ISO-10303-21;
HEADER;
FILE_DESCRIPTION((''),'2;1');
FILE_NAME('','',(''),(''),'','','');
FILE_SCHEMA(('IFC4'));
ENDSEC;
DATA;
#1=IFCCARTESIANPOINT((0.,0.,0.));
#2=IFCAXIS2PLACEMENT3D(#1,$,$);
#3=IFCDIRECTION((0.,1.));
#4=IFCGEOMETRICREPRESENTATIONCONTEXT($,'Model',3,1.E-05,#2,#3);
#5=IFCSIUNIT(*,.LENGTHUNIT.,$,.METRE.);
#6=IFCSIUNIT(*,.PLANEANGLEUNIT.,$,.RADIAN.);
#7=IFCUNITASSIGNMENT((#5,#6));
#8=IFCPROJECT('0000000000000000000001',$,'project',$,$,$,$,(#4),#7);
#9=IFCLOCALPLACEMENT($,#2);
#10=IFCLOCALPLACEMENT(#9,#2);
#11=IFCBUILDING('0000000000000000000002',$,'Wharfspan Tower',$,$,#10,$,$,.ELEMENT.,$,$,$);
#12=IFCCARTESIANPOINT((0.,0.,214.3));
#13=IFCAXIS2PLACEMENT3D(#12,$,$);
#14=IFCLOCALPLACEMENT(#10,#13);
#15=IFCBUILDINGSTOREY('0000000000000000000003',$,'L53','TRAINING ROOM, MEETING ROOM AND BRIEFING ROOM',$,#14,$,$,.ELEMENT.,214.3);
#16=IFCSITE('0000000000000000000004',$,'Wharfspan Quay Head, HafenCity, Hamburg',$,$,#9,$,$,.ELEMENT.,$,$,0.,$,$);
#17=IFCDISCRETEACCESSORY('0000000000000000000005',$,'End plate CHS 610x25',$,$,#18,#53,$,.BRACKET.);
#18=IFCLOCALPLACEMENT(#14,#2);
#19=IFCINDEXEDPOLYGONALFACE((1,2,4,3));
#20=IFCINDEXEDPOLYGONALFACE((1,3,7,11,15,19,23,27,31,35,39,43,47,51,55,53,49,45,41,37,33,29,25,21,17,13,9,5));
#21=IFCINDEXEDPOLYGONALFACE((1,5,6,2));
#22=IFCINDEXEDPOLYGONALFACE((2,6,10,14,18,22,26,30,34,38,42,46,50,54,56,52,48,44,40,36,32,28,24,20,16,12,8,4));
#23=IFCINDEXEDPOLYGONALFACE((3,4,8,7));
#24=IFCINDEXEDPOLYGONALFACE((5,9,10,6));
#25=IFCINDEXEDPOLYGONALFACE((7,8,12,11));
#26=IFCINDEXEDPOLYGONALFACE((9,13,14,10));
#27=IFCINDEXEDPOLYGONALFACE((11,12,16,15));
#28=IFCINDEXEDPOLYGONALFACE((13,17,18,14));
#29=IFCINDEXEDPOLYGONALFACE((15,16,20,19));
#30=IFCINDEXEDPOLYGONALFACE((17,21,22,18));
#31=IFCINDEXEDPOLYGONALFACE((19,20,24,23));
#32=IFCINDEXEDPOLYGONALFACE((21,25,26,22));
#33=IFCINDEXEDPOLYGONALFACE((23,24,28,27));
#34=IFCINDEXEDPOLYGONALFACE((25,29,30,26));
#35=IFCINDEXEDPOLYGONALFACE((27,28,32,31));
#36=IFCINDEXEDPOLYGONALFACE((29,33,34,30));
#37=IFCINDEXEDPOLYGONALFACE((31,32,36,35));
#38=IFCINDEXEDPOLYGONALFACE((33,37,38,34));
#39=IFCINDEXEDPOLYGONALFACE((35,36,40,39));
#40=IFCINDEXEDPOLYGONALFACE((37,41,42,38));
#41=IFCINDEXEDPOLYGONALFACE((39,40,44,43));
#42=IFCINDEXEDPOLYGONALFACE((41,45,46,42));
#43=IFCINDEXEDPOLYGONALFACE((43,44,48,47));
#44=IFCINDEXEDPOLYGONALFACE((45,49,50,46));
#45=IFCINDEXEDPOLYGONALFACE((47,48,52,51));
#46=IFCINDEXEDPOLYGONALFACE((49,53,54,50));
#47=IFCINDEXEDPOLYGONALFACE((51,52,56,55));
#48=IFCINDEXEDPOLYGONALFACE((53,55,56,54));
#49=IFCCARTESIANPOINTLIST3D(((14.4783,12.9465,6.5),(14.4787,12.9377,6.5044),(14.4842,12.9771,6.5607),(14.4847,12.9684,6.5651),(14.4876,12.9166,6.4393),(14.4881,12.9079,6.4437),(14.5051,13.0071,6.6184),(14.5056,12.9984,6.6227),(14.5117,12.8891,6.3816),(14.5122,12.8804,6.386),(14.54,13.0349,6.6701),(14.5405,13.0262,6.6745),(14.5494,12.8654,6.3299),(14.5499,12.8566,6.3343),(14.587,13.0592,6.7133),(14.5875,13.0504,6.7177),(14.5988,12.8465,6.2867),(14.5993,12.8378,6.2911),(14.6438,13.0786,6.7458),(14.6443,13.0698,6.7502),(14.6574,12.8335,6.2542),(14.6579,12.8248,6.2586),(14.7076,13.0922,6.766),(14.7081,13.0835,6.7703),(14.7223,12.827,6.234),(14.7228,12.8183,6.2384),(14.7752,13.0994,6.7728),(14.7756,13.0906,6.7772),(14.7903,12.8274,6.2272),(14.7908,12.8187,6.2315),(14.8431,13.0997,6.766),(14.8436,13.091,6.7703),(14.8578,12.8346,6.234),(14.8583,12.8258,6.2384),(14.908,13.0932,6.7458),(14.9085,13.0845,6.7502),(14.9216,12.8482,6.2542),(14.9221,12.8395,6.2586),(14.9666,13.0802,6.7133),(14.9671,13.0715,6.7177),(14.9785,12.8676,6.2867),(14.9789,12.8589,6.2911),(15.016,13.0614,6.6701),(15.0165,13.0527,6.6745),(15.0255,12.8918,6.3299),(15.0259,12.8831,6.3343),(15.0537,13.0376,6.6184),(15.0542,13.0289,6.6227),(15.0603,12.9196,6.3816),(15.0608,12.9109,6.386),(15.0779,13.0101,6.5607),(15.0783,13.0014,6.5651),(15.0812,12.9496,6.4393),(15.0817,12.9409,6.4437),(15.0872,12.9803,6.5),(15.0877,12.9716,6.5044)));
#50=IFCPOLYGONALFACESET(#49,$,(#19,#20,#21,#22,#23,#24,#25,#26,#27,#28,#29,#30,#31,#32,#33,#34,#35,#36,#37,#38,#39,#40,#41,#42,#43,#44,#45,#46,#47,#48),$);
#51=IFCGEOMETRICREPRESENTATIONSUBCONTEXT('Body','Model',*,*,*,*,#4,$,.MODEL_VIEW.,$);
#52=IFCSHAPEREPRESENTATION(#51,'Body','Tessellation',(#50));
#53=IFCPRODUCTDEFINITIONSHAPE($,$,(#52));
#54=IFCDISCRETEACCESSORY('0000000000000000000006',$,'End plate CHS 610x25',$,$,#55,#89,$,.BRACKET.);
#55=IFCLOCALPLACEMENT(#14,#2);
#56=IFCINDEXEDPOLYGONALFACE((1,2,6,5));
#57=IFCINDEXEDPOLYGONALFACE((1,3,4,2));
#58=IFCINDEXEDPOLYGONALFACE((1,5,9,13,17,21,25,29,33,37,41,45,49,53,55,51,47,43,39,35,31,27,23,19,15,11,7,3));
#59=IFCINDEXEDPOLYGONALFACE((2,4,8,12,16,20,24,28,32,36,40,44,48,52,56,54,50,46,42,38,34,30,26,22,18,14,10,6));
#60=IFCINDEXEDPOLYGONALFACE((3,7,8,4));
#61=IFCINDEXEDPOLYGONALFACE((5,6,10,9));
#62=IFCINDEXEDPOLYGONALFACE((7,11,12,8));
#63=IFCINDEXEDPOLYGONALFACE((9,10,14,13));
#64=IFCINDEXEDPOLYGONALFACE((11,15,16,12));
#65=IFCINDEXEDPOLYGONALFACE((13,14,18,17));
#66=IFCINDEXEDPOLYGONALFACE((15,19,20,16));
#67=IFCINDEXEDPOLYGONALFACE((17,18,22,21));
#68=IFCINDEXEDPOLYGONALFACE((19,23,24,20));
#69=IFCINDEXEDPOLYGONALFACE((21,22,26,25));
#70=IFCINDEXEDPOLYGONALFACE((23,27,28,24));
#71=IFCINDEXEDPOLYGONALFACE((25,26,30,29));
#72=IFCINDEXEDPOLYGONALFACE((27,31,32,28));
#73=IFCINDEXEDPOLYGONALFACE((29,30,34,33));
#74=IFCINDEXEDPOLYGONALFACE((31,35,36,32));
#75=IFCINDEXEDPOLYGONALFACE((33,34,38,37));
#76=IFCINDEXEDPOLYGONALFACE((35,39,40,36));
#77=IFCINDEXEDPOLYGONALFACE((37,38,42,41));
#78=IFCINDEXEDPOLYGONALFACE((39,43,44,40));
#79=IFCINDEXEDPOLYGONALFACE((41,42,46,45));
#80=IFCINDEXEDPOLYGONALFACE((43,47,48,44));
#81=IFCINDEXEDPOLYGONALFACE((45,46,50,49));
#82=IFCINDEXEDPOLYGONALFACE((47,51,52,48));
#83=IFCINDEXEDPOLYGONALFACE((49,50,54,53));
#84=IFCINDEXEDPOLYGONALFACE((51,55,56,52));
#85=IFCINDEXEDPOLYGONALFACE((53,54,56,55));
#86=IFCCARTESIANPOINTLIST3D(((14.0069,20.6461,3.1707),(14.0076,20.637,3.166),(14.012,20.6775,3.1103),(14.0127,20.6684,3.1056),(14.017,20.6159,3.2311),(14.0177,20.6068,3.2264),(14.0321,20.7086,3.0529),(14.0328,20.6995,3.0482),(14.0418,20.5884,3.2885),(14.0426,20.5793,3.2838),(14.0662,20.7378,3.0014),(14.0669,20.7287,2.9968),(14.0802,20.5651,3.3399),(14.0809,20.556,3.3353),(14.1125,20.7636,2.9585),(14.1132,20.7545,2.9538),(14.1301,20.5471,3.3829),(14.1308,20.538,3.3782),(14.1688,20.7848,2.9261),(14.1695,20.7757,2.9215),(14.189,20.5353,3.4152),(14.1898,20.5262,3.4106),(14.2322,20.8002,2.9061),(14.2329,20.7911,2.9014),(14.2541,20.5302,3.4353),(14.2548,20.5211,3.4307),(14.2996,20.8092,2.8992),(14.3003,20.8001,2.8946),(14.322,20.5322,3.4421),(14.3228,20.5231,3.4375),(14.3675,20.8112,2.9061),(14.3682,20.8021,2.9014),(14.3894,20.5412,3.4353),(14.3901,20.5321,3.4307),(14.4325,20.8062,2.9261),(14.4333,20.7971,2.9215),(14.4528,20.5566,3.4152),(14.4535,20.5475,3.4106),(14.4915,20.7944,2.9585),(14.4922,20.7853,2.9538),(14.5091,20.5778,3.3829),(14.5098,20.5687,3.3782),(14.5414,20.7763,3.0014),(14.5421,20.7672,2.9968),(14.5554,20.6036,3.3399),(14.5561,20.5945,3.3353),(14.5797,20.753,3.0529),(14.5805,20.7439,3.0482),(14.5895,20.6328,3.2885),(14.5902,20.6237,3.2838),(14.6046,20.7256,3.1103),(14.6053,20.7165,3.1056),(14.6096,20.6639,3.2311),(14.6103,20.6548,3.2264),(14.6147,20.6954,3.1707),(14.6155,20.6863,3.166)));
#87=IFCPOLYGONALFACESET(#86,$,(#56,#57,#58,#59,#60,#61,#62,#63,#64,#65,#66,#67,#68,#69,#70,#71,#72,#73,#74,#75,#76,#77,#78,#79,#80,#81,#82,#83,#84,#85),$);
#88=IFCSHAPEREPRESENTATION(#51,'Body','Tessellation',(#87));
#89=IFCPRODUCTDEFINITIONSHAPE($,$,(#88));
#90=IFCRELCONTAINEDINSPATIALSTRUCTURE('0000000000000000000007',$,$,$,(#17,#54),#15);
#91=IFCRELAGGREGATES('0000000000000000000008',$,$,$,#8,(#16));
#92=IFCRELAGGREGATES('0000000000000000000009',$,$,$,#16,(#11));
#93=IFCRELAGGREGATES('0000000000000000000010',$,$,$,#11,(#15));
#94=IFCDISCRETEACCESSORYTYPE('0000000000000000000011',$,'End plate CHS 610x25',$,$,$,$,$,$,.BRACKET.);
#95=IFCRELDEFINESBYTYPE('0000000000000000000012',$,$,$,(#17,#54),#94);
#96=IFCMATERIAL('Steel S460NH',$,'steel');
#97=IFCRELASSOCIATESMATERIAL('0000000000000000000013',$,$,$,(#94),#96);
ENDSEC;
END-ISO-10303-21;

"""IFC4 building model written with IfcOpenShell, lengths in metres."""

from ifc_helpers import new_model, si_unit, direction, frame, origin, origin_2d, place, context, subcontext, project, spatial, circle, extrude, material, material_profile, profile_set, type_object, element, save


model = new_model("IFC4")

# Units and contexts
model_context = context("Model", 3, precision=1e-05, world=origin(), true_north=direction((0.0, 1.0)))
body_context = subcontext(model_context, "Body", "Model", "MODEL_VIEW")
ifc_project = project(units=[si_unit("LENGTHUNIT", "METRE"), si_unit("PLANEANGLEUNIT", "RADIAN")], contexts=[model_context])

# Site, building, storey
site_placement = place(None, origin())
site = spatial("IfcSite", under=ifc_project, at=site_placement, Name="Wharfspan Quay Head, HafenCity, Hamburg", CompositionType="ELEMENT", RefElevation=0.0)
building_placement = place(site_placement, origin())
building = spatial("IfcBuilding", under=site, at=building_placement, Name="Wharfspan Tower", CompositionType="ELEMENT")
storey_placement = place(building_placement, frame((0.0, 0.0, 214.3)))
storey = spatial("IfcBuildingStorey", under=building, at=storey_placement, Name="L53", Description="TRAINING ROOM, MEETING ROOM AND BRIEFING ROOM", CompositionType="ELEMENT", Elevation=214.3)

# Shared definitions
ifc_material_1 = material(Name="Steel S460NH", Category="steel")

# Discrete accessories
ifc_material_profile_1 = material_profile(ifc_material_1, circle(Radius=0.3049, at=origin_2d()))
ifc_profile_set_1 = profile_set([ifc_material_profile_1], Name="Steel S460NH")
discrete_accessory_type = type_object("IfcDiscreteAccessoryType", Name="End plate CHS 610x25", PredefinedType="BRACKET", material=ifc_profile_set_1)
discrete_accessory_1_placement = place(storey_placement, frame((14.7827, 12.9634, 6.5), z_axis=(0.049629, -0.893325, 0.446663), x_axis=(0.998463, 0.05547, 0.0)))
element("IfcDiscreteAccessory", 1, at=discrete_accessory_1_placement, inside=storey, type_object=discrete_accessory_type, Name="End plate CHS 610x25", PredefinedType="BRACKET", context=body_context, shape_type="SweptSolid", body=[
    extrude(circle(Radius=0.3049, at=origin_2d()), origin(), (0.0, 0.0, 1.0), 0.0098),
])
discrete_accessory_2_placement = place(storey_placement, frame((14.3115, 20.6616, 3.166), z_axis=(-0.07194, 0.887262, 0.455621), x_axis=(-0.996733, -0.080816, 0.0)))
element("IfcDiscreteAccessory", 2, at=discrete_accessory_2_placement, inside=storey, type_object=discrete_accessory_type, Name="End plate CHS 610x25", PredefinedType="BRACKET", context=body_context, shape_type="SweptSolid", body=[
    extrude(circle(Radius=0.3049, at=origin_2d()), origin(), (0.0, 0.0, 1.0), 0.0103),
])

save(model, "model.ifc")
